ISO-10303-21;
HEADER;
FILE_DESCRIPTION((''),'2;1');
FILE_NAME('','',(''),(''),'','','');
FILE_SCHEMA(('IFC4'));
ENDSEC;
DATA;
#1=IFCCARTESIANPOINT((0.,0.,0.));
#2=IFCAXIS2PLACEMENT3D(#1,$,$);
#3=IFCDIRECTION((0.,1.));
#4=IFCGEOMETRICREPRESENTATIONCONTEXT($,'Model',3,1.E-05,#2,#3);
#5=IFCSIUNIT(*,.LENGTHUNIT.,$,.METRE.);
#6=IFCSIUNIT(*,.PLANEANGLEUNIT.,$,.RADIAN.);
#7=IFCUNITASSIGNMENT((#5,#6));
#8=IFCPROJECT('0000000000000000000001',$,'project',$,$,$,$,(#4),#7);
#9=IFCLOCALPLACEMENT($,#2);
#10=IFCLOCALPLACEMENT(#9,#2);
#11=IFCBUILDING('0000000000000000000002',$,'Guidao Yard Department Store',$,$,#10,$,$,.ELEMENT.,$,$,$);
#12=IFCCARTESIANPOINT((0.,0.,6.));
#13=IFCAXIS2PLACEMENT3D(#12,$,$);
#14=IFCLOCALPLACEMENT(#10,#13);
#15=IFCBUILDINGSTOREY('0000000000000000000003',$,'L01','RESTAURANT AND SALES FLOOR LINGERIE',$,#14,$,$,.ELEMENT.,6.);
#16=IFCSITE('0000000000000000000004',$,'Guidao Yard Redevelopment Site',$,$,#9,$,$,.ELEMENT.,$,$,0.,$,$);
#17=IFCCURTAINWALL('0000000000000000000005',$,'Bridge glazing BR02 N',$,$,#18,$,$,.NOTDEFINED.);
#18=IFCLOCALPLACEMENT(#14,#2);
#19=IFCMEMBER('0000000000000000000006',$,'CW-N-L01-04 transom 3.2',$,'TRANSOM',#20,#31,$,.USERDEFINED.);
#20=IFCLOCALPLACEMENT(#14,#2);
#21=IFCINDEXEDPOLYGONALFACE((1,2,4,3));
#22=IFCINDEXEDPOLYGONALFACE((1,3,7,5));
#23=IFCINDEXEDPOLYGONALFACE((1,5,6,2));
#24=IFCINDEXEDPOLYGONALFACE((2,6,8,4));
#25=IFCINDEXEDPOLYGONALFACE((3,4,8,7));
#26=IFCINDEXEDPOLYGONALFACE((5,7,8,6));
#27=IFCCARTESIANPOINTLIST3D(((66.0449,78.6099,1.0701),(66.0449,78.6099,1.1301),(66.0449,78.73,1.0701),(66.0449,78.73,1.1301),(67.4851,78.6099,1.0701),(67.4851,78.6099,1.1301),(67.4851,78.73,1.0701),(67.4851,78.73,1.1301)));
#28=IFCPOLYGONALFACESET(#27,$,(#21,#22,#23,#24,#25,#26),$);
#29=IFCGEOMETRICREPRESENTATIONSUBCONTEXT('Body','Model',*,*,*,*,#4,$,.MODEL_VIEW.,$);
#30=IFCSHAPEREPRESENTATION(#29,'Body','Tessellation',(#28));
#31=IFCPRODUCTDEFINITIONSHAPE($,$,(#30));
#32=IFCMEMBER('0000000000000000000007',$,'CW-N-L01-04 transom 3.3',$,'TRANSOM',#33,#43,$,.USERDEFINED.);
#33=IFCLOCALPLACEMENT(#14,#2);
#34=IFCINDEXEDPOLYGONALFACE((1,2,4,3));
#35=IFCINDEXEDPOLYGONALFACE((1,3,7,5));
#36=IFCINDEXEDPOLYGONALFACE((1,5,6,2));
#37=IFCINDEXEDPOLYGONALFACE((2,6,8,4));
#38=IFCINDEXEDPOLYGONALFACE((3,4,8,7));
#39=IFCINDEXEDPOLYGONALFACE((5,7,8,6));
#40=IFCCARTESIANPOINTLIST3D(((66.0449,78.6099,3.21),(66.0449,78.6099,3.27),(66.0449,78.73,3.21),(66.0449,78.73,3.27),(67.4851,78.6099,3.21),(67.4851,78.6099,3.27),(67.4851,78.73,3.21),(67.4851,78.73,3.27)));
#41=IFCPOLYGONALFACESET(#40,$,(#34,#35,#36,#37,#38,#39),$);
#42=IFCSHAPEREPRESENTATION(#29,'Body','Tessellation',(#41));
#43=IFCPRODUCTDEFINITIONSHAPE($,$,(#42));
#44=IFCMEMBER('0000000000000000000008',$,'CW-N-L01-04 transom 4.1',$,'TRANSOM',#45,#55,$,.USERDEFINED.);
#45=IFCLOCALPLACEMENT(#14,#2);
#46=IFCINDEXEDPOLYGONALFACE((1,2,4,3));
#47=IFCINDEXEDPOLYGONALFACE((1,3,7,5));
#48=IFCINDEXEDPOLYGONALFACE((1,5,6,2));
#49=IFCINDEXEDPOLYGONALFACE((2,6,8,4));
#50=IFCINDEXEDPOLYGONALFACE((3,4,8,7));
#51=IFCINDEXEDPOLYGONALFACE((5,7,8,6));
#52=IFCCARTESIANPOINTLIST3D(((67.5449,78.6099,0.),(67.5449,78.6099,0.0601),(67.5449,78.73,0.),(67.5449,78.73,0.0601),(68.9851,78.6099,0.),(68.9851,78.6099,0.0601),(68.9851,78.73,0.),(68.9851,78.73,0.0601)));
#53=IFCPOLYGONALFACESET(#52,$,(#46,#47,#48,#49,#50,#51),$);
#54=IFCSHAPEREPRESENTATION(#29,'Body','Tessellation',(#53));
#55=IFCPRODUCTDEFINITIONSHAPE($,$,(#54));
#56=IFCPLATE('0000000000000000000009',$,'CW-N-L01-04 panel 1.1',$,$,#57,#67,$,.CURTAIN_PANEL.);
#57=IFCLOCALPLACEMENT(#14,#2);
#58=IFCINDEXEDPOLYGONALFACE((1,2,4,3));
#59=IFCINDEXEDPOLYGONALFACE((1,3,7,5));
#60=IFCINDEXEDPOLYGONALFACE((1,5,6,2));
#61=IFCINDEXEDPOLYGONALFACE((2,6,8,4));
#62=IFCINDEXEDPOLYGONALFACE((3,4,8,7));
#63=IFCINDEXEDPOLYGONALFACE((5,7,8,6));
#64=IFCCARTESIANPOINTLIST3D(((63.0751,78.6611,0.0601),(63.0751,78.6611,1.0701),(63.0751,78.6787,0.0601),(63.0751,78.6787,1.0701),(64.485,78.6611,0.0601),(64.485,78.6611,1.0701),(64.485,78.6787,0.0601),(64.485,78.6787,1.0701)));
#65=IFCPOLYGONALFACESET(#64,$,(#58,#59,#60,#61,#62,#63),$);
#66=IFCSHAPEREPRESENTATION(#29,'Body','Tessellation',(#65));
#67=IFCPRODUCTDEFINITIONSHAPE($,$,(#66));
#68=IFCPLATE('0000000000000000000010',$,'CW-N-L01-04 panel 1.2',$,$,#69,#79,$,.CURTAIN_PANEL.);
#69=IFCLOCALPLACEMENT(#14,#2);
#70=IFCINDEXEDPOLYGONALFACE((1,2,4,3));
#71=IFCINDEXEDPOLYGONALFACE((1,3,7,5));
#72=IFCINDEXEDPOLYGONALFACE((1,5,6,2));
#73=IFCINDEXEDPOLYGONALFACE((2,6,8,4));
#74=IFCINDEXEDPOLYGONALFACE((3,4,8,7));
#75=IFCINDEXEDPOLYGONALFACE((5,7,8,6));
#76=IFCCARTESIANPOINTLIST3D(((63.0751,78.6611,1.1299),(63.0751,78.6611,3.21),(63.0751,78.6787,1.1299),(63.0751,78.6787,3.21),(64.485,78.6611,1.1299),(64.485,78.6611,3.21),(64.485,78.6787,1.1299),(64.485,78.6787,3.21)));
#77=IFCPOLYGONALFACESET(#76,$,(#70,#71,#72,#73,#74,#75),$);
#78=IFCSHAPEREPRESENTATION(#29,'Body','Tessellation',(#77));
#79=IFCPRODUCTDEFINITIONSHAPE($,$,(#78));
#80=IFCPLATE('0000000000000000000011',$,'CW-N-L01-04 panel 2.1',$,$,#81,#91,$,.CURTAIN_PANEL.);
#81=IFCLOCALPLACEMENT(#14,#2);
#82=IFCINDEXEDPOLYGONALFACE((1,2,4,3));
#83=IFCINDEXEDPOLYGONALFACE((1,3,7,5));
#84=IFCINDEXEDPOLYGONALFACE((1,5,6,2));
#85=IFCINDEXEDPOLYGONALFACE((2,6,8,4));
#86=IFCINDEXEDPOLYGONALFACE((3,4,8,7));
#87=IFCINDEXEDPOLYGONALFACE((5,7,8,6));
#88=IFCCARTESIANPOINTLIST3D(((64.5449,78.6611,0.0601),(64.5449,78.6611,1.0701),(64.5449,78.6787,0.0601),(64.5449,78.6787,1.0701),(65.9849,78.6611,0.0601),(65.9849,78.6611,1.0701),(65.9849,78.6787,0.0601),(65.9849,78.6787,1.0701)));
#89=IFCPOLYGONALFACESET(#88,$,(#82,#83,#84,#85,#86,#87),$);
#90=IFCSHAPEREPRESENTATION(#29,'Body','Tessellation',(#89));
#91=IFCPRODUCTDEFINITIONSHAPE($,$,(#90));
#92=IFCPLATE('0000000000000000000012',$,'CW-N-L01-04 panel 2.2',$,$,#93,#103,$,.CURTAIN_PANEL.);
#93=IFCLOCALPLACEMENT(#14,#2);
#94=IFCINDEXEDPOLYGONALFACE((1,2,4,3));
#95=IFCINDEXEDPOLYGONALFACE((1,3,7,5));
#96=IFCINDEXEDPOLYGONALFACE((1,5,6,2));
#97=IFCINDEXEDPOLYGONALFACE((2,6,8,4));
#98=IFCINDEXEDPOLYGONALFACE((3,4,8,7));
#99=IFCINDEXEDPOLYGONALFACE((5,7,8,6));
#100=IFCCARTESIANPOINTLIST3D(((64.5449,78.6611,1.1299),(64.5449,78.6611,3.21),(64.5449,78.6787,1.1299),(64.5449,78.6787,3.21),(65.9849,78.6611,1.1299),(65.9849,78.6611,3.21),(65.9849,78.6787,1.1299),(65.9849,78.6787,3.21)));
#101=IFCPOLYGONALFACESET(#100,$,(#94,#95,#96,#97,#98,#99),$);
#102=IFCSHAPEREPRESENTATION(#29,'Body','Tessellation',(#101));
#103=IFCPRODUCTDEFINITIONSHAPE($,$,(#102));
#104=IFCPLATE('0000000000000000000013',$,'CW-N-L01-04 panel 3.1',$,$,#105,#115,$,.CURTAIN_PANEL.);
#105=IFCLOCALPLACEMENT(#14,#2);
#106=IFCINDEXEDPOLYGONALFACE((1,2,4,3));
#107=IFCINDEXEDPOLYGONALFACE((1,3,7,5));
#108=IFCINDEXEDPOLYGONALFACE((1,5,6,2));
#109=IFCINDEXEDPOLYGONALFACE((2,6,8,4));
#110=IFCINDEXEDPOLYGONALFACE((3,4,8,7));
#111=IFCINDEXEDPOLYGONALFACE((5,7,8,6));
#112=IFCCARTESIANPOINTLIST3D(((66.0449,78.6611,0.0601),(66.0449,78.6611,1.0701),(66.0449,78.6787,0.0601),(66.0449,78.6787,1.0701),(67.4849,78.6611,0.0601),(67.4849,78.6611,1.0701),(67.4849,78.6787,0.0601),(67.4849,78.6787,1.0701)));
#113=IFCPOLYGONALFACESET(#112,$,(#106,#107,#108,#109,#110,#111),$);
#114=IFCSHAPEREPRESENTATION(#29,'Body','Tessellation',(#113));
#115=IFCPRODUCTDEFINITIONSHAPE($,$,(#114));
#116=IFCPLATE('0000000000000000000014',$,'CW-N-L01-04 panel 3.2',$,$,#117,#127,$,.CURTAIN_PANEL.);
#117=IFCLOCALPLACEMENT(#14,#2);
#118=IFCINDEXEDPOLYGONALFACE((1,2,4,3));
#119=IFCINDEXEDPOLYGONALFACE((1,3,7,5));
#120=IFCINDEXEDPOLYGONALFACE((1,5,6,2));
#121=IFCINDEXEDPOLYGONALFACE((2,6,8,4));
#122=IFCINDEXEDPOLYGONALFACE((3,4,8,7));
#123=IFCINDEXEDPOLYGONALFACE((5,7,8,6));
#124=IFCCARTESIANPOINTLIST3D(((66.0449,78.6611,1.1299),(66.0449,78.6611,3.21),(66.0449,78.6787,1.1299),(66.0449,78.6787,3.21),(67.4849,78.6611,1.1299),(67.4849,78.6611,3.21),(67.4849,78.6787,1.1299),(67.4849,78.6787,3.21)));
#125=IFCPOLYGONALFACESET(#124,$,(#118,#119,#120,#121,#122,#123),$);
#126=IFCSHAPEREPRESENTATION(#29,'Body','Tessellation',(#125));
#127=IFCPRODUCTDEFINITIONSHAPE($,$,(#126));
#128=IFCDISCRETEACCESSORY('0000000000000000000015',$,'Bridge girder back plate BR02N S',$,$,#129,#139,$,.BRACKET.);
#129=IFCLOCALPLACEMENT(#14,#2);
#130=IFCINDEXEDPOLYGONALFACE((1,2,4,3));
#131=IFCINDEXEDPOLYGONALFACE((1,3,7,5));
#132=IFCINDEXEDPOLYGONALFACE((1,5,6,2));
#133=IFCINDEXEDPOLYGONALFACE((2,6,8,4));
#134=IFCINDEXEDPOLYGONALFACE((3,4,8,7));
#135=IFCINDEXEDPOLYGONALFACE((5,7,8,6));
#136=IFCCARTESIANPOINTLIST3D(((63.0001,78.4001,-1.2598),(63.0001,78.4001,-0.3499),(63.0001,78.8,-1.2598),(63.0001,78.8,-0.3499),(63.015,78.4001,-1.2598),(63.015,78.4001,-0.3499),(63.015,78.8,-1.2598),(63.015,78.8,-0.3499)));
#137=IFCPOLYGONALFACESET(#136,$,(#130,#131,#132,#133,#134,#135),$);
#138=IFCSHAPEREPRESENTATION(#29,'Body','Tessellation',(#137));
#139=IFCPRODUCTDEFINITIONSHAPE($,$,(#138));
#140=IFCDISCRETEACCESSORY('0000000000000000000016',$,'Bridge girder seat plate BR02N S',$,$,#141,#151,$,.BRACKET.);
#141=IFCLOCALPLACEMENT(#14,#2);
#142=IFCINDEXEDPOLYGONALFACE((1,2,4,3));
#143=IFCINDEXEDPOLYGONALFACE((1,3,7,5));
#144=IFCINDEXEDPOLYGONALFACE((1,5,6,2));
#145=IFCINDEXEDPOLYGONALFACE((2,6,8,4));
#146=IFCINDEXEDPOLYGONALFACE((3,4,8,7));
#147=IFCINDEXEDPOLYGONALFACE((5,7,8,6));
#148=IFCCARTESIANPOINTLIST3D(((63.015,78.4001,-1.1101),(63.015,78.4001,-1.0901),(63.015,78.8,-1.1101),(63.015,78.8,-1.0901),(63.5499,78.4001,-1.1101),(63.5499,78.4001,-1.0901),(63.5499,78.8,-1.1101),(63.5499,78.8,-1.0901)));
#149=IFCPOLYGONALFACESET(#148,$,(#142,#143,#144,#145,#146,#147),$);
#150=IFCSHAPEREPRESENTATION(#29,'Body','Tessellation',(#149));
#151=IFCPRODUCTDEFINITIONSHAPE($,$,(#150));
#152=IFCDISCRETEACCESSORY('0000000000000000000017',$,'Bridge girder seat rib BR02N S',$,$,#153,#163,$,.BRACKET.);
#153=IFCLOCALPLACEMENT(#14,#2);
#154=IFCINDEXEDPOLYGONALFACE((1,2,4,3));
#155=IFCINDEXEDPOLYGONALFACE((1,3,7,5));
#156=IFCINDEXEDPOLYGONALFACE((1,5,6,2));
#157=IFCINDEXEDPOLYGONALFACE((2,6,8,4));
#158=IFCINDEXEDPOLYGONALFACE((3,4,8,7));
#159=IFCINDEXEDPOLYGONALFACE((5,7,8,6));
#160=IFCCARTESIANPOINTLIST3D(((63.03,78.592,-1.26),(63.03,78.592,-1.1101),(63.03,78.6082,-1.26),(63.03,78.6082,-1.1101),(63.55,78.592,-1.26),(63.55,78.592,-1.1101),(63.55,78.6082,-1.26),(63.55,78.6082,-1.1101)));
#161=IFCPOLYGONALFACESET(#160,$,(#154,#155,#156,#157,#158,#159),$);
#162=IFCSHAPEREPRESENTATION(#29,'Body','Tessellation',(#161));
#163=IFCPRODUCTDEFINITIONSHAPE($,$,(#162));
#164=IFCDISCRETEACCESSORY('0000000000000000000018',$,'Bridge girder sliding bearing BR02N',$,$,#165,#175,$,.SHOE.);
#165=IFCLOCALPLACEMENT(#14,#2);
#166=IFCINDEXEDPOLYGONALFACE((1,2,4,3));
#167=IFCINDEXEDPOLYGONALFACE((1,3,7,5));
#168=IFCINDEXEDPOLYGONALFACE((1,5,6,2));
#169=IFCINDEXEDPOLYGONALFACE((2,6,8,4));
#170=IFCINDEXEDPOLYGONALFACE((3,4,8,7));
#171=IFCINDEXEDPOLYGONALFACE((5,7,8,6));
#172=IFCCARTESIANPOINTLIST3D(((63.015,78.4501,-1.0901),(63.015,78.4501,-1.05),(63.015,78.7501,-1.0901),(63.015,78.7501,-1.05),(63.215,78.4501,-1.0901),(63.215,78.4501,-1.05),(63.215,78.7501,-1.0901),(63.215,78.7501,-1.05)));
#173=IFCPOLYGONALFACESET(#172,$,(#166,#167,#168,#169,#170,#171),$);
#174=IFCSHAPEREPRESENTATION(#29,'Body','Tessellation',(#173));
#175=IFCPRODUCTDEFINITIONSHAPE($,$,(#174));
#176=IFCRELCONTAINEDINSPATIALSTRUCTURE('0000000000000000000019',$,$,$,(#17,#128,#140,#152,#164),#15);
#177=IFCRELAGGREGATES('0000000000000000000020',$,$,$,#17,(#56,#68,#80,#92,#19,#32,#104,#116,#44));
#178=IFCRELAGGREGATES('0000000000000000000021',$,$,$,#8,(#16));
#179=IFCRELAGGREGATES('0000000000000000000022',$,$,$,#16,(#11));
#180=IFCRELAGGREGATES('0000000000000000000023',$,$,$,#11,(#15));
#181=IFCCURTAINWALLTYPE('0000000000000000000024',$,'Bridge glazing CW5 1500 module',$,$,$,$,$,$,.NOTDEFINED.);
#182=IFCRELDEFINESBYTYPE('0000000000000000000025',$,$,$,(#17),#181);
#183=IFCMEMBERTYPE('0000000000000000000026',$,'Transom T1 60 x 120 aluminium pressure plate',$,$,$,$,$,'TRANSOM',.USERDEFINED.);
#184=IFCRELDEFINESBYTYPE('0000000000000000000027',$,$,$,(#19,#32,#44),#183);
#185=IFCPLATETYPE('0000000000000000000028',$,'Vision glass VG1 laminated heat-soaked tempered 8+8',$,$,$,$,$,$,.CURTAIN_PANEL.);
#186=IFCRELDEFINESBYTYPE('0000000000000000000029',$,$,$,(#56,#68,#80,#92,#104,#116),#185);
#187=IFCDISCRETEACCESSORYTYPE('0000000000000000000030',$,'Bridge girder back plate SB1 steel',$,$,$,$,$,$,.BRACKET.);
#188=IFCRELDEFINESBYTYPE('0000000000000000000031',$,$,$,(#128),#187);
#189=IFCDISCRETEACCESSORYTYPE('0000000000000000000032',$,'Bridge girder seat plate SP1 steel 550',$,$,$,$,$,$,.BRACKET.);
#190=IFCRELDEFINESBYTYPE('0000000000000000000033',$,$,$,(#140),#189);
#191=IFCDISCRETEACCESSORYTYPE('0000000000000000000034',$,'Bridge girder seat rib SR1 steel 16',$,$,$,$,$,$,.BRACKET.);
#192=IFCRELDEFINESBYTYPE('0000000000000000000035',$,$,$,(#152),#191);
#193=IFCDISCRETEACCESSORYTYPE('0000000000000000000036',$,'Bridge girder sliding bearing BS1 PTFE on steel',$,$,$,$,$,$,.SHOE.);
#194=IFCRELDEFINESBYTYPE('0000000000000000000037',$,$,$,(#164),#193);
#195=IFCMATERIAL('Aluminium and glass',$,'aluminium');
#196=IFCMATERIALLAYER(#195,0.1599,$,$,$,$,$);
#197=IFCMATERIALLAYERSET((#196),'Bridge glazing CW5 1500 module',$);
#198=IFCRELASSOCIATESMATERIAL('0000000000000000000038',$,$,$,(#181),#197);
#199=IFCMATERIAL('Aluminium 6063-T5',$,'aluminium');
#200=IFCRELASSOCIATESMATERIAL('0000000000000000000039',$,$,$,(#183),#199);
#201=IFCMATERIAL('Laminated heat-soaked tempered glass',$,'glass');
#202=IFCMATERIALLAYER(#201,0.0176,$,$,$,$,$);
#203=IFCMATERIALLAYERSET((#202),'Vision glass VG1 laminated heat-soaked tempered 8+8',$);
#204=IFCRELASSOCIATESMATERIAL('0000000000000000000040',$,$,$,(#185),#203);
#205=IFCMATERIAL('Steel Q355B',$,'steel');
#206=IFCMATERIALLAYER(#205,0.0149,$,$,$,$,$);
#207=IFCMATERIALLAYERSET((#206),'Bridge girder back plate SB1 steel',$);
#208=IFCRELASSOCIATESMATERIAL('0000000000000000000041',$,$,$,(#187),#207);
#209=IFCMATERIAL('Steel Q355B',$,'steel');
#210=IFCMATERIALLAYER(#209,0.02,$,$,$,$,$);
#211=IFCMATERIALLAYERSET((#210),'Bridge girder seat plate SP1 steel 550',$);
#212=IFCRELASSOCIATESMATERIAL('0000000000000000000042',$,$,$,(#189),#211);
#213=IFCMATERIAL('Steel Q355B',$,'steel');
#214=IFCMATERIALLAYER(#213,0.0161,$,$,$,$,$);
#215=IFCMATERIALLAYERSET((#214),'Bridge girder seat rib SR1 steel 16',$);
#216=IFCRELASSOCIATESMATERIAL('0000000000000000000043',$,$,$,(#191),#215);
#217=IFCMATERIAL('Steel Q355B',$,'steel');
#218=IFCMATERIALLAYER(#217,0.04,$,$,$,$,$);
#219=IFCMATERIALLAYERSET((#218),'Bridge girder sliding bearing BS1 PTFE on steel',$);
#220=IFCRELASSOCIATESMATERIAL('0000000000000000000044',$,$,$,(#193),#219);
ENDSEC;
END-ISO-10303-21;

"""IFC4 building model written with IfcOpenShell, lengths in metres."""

from ifc_helpers import new_model, si_unit, direction, frame, origin, origin_2d, place, context, subcontext, project, spatial, rectangle, extrude, material, layer, layer_set, material_profile, profile_set, type_object, element, aggregate, save


model = new_model("IFC4")

# Units and contexts
model_context = context("Model", 3, precision=1e-05, world=origin(), true_north=direction((0.0, 1.0)))
body_context = subcontext(model_context, "Body", "Model", "MODEL_VIEW")
ifc_project = project(units=[si_unit("LENGTHUNIT", "METRE"), si_unit("PLANEANGLEUNIT", "RADIAN")], contexts=[model_context])

# Site, building, storey
site_placement = place(None, origin())
site = spatial("IfcSite", under=ifc_project, at=site_placement, Name="Guidao Yard Redevelopment Site", CompositionType="ELEMENT", RefElevation=0.0)
building_placement = place(site_placement, origin())
building = spatial("IfcBuilding", under=site, at=building_placement, Name="Guidao Yard Department Store", CompositionType="ELEMENT")
storey_placement = place(building_placement, frame((0.0, 0.0, 6.0)))
storey = spatial("IfcBuildingStorey", under=building, at=storey_placement, Name="L01", Description="RESTAURANT AND SALES FLOOR LINGERIE", CompositionType="ELEMENT", Elevation=6.0)

# Curtain wall, members, plates
ifc_material_1 = material(Name="Aluminium and glass", Category="aluminium")
ifc_layer_1 = layer(ifc_material_1, 0.1599)
ifc_layer_set_1 = layer_set([ifc_layer_1], Name="Bridge glazing CW5 1500 module")
curtain_wall_type = type_object("IfcCurtainWallType", Name="Bridge glazing CW5 1500 module", PredefinedType="NOTDEFINED", material=ifc_layer_set_1)
curtain_wall_placement = place(storey_placement, origin())
curtain_wall = element("IfcCurtainWall", 1, at=curtain_wall_placement, inside=storey, type_object=curtain_wall_type, Name="Bridge glazing BR02 N", PredefinedType="NOTDEFINED")
ifc_material_2 = material(Name="Aluminium 6063-T5", Category="aluminium")
ifc_material_profile_1 = material_profile(ifc_material_2, rectangle(XDim=0.1201, YDim=0.0601, at=origin_2d()), Name="Transom T1 60 x 120 aluminium pressure plate")
ifc_profile_set_1 = profile_set([ifc_material_profile_1], Name="Aluminium 6063-T5")
member_type_1 = type_object("IfcMemberType", Name="Transom T1 60 x 120 aluminium pressure plate", ElementType="TRANSOM", PredefinedType="USERDEFINED", material=ifc_profile_set_1)
member_1_placement = place(storey_placement, frame((66.0449, 78.6699, 1.1001), z_axis=(1.0, 0.0, 0.0), x_axis=(0.0, 1.0, 0.0)))
member_1 = element("IfcMember", 2, at=member_1_placement, type_object=member_type_1, Name="CW-N-L01-04 transom 3.2", ObjectType="TRANSOM", PredefinedType="USERDEFINED", context=body_context, shape_type="SweptSolid", body=[
    extrude(rectangle(XDim=0.1201, YDim=0.0601, at=origin_2d()), origin(), (0.0, 0.0, 1.0), 1.4402),
])
member_2_placement = place(storey_placement, frame((66.0449, 78.6699, 3.24), z_axis=(1.0, 0.0, 0.0), x_axis=(0.0, 1.0, 0.0)))
member_2 = element("IfcMember", 3, at=member_2_placement, type_object=member_type_1, Name="CW-N-L01-04 transom 3.3", ObjectType="TRANSOM", PredefinedType="USERDEFINED", context=body_context, shape_type="SweptSolid", body=[
    extrude(rectangle(XDim=0.1201, YDim=0.0601, at=origin_2d()), origin(), (0.0, 0.0, 1.0), 1.4402),
])
member_3_placement = place(storey_placement, frame((67.5449, 78.6699, 0.03), z_axis=(1.0, 0.0, 0.0), x_axis=(0.0, 1.0, 0.0)))
member_3 = element("IfcMember", 4, at=member_3_placement, type_object=member_type_1, Name="CW-N-L01-04 transom 4.1", ObjectType="TRANSOM", PredefinedType="USERDEFINED", context=body_context, shape_type="SweptSolid", body=[
    extrude(rectangle(XDim=0.1201, YDim=0.0601, at=origin_2d()), origin(), (0.0, 0.0, 1.0), 1.4402),
])
ifc_material_3 = material(Name="Laminated heat-soaked tempered glass", Category="glass")
ifc_layer_2 = layer(ifc_material_3, 0.0176)
ifc_layer_set_2 = layer_set([ifc_layer_2], Name="Vision glass VG1 laminated heat-soaked tempered 8+8")
plate_type = type_object("IfcPlateType", Name="Vision glass VG1 laminated heat-soaked tempered 8+8", PredefinedType="CURTAIN_PANEL", material=ifc_layer_set_2)
plate_1_placement = place(storey_placement, frame((63.78, 78.6699, 0.0601), z_axis=(0.0, 0.0, 1.0), x_axis=(1.0, 0.0, 0.0)))
plate_1 = element("IfcPlate", 5, at=plate_1_placement, type_object=plate_type, Name="CW-N-L01-04 panel 1.1", PredefinedType="CURTAIN_PANEL", context=body_context, shape_type="SweptSolid", body=[
    extrude(rectangle(XDim=1.4099, YDim=0.0176, at=origin_2d()), origin(), (0.0, 0.0, 1.0), 1.01),
])
plate_2_placement = place(storey_placement, frame((63.78, 78.6699, 1.1299), z_axis=(0.0, 0.0, 1.0), x_axis=(1.0, 0.0, 0.0)))
plate_2 = element("IfcPlate", 6, at=plate_2_placement, type_object=plate_type, Name="CW-N-L01-04 panel 1.2", PredefinedType="CURTAIN_PANEL", context=body_context, shape_type="SweptSolid", body=[
    extrude(rectangle(XDim=1.4099, YDim=0.0176, at=origin_2d()), origin(), (0.0, 0.0, 1.0), 2.0801),
])
plate_3_placement = place(storey_placement, frame((65.2649, 78.6699, 0.0601), z_axis=(0.0, 0.0, 1.0), x_axis=(1.0, 0.0, 0.0)))
plate_3 = element("IfcPlate", 7, at=plate_3_placement, type_object=plate_type, Name="CW-N-L01-04 panel 2.1", PredefinedType="CURTAIN_PANEL", context=body_context, shape_type="SweptSolid", body=[
    extrude(rectangle(XDim=1.4399, YDim=0.0176, at=origin_2d()), origin(), (0.0, 0.0, 1.0), 1.01),
])
plate_4_placement = place(storey_placement, frame((65.2649, 78.6699, 1.1299), z_axis=(0.0, 0.0, 1.0), x_axis=(1.0, 0.0, 0.0)))
plate_4 = element("IfcPlate", 8, at=plate_4_placement, type_object=plate_type, Name="CW-N-L01-04 panel 2.2", PredefinedType="CURTAIN_PANEL", context=body_context, shape_type="SweptSolid", body=[
    extrude(rectangle(XDim=1.4399, YDim=0.0176, at=origin_2d()), origin(), (0.0, 0.0, 1.0), 2.0801),
])
plate_5_placement = place(storey_placement, frame((66.7649, 78.6699, 0.0601), z_axis=(0.0, 0.0, 1.0), x_axis=(1.0, 0.0, 0.0)))
plate_5 = element("IfcPlate", 9, at=plate_5_placement, type_object=plate_type, Name="CW-N-L01-04 panel 3.1", PredefinedType="CURTAIN_PANEL", context=body_context, shape_type="SweptSolid", body=[
    extrude(rectangle(XDim=1.4399, YDim=0.0176, at=origin_2d()), origin(), (0.0, 0.0, 1.0), 1.01),
])
plate_6_placement = place(storey_placement, frame((66.7649, 78.6699, 1.1299), z_axis=(0.0, 0.0, 1.0), x_axis=(1.0, 0.0, 0.0)))
plate_6 = element("IfcPlate", 10, at=plate_6_placement, type_object=plate_type, Name="CW-N-L01-04 panel 3.2", PredefinedType="CURTAIN_PANEL", context=body_context, shape_type="SweptSolid", body=[
    extrude(rectangle(XDim=1.4399, YDim=0.0176, at=origin_2d()), origin(), (0.0, 0.0, 1.0), 2.0801),
])
aggregate(curtain_wall, [plate_1, plate_2, plate_3, plate_4, member_1, member_2, plate_5, plate_6, member_3])

# Discrete accessories
ifc_material_4 = material(Name="Steel Q355B", Category="steel")
ifc_layer_3 = layer(ifc_material_4, 0.0149)
ifc_layer_set_3 = layer_set([ifc_layer_3], Name="Bridge girder back plate SB1 steel")
discrete_accessory_type_1 = type_object("IfcDiscreteAccessoryType", Name="Bridge girder back plate SB1 steel", PredefinedType="BRACKET", material=ifc_layer_set_3)
discrete_accessory_1_placement = place(storey_placement, frame((63.0076, 78.6001, -1.2598), z_axis=(0.0, 0.0, 1.0), x_axis=(1.0, 0.0, 0.0)))
element("IfcDiscreteAccessory", 11, at=discrete_accessory_1_placement, inside=storey, type_object=discrete_accessory_type_1, Name="Bridge girder back plate BR02N S", PredefinedType="BRACKET", context=body_context, shape_type="SweptSolid", body=[
    extrude(rectangle(XDim=0.0149, YDim=0.3999, at=origin_2d()), origin(), (0.0, 0.0, 1.0), 0.9099),
])
ifc_material_5 = material(Name="Steel Q355B", Category="steel")
ifc_layer_4 = layer(ifc_material_5, 0.02)
ifc_layer_set_4 = layer_set([ifc_layer_4], Name="Bridge girder seat plate SP1 steel 550")
discrete_accessory_type_2 = type_object("IfcDiscreteAccessoryType", Name="Bridge girder seat plate SP1 steel 550", PredefinedType="BRACKET", material=ifc_layer_set_4)
discrete_accessory_2_placement = place(storey_placement, frame((63.2825, 78.6001, -1.1101), z_axis=(0.0, 0.0, 1.0), x_axis=(1.0, 0.0, 0.0)))
element("IfcDiscreteAccessory", 12, at=discrete_accessory_2_placement, inside=storey, type_object=discrete_accessory_type_2, Name="Bridge girder seat plate BR02N S", PredefinedType="BRACKET", context=body_context, shape_type="SweptSolid", body=[
    extrude(rectangle(XDim=0.5349, YDim=0.3999, at=origin_2d()), origin(), (0.0, 0.0, 1.0), 0.02),
])
ifc_material_6 = material(Name="Steel Q355B", Category="steel")
ifc_layer_5 = layer(ifc_material_6, 0.0161)
ifc_layer_set_5 = layer_set([ifc_layer_5], Name="Bridge girder seat rib SR1 steel 16")
discrete_accessory_type_3 = type_object("IfcDiscreteAccessoryType", Name="Bridge girder seat rib SR1 steel 16", PredefinedType="BRACKET", material=ifc_layer_set_5)
discrete_accessory_3_placement = place(storey_placement, frame((63.29, 78.6001, -1.26), z_axis=(0.0, 0.0, 1.0), x_axis=(1.0, 0.0, 0.0)))
element("IfcDiscreteAccessory", 13, at=discrete_accessory_3_placement, inside=storey, type_object=discrete_accessory_type_3, Name="Bridge girder seat rib BR02N S", PredefinedType="BRACKET", context=body_context, shape_type="SweptSolid", body=[
    extrude(rectangle(XDim=0.52, YDim=0.0161, at=origin_2d()), origin(), (0.0, 0.0, 1.0), 0.1499),
])
ifc_material_7 = material(Name="Steel Q355B", Category="steel")
ifc_layer_6 = layer(ifc_material_7, 0.04)
ifc_layer_set_6 = layer_set([ifc_layer_6], Name="Bridge girder sliding bearing BS1 PTFE on steel")
discrete_accessory_type_4 = type_object("IfcDiscreteAccessoryType", Name="Bridge girder sliding bearing BS1 PTFE on steel", PredefinedType="SHOE", material=ifc_layer_set_6)
discrete_accessory_4_placement = place(storey_placement, frame((63.115, 78.6001, -1.0901), z_axis=(0.0, 0.0, 1.0), x_axis=(1.0, 0.0, 0.0)))
element("IfcDiscreteAccessory", 14, at=discrete_accessory_4_placement, inside=storey, type_object=discrete_accessory_type_4, Name="Bridge girder sliding bearing BR02N", PredefinedType="SHOE", context=body_context, shape_type="SweptSolid", body=[
    extrude(rectangle(XDim=0.2, YDim=0.3, at=origin_2d()), origin(), (0.0, 0.0, 1.0), 0.04),
])

save(model, "model.ifc")
